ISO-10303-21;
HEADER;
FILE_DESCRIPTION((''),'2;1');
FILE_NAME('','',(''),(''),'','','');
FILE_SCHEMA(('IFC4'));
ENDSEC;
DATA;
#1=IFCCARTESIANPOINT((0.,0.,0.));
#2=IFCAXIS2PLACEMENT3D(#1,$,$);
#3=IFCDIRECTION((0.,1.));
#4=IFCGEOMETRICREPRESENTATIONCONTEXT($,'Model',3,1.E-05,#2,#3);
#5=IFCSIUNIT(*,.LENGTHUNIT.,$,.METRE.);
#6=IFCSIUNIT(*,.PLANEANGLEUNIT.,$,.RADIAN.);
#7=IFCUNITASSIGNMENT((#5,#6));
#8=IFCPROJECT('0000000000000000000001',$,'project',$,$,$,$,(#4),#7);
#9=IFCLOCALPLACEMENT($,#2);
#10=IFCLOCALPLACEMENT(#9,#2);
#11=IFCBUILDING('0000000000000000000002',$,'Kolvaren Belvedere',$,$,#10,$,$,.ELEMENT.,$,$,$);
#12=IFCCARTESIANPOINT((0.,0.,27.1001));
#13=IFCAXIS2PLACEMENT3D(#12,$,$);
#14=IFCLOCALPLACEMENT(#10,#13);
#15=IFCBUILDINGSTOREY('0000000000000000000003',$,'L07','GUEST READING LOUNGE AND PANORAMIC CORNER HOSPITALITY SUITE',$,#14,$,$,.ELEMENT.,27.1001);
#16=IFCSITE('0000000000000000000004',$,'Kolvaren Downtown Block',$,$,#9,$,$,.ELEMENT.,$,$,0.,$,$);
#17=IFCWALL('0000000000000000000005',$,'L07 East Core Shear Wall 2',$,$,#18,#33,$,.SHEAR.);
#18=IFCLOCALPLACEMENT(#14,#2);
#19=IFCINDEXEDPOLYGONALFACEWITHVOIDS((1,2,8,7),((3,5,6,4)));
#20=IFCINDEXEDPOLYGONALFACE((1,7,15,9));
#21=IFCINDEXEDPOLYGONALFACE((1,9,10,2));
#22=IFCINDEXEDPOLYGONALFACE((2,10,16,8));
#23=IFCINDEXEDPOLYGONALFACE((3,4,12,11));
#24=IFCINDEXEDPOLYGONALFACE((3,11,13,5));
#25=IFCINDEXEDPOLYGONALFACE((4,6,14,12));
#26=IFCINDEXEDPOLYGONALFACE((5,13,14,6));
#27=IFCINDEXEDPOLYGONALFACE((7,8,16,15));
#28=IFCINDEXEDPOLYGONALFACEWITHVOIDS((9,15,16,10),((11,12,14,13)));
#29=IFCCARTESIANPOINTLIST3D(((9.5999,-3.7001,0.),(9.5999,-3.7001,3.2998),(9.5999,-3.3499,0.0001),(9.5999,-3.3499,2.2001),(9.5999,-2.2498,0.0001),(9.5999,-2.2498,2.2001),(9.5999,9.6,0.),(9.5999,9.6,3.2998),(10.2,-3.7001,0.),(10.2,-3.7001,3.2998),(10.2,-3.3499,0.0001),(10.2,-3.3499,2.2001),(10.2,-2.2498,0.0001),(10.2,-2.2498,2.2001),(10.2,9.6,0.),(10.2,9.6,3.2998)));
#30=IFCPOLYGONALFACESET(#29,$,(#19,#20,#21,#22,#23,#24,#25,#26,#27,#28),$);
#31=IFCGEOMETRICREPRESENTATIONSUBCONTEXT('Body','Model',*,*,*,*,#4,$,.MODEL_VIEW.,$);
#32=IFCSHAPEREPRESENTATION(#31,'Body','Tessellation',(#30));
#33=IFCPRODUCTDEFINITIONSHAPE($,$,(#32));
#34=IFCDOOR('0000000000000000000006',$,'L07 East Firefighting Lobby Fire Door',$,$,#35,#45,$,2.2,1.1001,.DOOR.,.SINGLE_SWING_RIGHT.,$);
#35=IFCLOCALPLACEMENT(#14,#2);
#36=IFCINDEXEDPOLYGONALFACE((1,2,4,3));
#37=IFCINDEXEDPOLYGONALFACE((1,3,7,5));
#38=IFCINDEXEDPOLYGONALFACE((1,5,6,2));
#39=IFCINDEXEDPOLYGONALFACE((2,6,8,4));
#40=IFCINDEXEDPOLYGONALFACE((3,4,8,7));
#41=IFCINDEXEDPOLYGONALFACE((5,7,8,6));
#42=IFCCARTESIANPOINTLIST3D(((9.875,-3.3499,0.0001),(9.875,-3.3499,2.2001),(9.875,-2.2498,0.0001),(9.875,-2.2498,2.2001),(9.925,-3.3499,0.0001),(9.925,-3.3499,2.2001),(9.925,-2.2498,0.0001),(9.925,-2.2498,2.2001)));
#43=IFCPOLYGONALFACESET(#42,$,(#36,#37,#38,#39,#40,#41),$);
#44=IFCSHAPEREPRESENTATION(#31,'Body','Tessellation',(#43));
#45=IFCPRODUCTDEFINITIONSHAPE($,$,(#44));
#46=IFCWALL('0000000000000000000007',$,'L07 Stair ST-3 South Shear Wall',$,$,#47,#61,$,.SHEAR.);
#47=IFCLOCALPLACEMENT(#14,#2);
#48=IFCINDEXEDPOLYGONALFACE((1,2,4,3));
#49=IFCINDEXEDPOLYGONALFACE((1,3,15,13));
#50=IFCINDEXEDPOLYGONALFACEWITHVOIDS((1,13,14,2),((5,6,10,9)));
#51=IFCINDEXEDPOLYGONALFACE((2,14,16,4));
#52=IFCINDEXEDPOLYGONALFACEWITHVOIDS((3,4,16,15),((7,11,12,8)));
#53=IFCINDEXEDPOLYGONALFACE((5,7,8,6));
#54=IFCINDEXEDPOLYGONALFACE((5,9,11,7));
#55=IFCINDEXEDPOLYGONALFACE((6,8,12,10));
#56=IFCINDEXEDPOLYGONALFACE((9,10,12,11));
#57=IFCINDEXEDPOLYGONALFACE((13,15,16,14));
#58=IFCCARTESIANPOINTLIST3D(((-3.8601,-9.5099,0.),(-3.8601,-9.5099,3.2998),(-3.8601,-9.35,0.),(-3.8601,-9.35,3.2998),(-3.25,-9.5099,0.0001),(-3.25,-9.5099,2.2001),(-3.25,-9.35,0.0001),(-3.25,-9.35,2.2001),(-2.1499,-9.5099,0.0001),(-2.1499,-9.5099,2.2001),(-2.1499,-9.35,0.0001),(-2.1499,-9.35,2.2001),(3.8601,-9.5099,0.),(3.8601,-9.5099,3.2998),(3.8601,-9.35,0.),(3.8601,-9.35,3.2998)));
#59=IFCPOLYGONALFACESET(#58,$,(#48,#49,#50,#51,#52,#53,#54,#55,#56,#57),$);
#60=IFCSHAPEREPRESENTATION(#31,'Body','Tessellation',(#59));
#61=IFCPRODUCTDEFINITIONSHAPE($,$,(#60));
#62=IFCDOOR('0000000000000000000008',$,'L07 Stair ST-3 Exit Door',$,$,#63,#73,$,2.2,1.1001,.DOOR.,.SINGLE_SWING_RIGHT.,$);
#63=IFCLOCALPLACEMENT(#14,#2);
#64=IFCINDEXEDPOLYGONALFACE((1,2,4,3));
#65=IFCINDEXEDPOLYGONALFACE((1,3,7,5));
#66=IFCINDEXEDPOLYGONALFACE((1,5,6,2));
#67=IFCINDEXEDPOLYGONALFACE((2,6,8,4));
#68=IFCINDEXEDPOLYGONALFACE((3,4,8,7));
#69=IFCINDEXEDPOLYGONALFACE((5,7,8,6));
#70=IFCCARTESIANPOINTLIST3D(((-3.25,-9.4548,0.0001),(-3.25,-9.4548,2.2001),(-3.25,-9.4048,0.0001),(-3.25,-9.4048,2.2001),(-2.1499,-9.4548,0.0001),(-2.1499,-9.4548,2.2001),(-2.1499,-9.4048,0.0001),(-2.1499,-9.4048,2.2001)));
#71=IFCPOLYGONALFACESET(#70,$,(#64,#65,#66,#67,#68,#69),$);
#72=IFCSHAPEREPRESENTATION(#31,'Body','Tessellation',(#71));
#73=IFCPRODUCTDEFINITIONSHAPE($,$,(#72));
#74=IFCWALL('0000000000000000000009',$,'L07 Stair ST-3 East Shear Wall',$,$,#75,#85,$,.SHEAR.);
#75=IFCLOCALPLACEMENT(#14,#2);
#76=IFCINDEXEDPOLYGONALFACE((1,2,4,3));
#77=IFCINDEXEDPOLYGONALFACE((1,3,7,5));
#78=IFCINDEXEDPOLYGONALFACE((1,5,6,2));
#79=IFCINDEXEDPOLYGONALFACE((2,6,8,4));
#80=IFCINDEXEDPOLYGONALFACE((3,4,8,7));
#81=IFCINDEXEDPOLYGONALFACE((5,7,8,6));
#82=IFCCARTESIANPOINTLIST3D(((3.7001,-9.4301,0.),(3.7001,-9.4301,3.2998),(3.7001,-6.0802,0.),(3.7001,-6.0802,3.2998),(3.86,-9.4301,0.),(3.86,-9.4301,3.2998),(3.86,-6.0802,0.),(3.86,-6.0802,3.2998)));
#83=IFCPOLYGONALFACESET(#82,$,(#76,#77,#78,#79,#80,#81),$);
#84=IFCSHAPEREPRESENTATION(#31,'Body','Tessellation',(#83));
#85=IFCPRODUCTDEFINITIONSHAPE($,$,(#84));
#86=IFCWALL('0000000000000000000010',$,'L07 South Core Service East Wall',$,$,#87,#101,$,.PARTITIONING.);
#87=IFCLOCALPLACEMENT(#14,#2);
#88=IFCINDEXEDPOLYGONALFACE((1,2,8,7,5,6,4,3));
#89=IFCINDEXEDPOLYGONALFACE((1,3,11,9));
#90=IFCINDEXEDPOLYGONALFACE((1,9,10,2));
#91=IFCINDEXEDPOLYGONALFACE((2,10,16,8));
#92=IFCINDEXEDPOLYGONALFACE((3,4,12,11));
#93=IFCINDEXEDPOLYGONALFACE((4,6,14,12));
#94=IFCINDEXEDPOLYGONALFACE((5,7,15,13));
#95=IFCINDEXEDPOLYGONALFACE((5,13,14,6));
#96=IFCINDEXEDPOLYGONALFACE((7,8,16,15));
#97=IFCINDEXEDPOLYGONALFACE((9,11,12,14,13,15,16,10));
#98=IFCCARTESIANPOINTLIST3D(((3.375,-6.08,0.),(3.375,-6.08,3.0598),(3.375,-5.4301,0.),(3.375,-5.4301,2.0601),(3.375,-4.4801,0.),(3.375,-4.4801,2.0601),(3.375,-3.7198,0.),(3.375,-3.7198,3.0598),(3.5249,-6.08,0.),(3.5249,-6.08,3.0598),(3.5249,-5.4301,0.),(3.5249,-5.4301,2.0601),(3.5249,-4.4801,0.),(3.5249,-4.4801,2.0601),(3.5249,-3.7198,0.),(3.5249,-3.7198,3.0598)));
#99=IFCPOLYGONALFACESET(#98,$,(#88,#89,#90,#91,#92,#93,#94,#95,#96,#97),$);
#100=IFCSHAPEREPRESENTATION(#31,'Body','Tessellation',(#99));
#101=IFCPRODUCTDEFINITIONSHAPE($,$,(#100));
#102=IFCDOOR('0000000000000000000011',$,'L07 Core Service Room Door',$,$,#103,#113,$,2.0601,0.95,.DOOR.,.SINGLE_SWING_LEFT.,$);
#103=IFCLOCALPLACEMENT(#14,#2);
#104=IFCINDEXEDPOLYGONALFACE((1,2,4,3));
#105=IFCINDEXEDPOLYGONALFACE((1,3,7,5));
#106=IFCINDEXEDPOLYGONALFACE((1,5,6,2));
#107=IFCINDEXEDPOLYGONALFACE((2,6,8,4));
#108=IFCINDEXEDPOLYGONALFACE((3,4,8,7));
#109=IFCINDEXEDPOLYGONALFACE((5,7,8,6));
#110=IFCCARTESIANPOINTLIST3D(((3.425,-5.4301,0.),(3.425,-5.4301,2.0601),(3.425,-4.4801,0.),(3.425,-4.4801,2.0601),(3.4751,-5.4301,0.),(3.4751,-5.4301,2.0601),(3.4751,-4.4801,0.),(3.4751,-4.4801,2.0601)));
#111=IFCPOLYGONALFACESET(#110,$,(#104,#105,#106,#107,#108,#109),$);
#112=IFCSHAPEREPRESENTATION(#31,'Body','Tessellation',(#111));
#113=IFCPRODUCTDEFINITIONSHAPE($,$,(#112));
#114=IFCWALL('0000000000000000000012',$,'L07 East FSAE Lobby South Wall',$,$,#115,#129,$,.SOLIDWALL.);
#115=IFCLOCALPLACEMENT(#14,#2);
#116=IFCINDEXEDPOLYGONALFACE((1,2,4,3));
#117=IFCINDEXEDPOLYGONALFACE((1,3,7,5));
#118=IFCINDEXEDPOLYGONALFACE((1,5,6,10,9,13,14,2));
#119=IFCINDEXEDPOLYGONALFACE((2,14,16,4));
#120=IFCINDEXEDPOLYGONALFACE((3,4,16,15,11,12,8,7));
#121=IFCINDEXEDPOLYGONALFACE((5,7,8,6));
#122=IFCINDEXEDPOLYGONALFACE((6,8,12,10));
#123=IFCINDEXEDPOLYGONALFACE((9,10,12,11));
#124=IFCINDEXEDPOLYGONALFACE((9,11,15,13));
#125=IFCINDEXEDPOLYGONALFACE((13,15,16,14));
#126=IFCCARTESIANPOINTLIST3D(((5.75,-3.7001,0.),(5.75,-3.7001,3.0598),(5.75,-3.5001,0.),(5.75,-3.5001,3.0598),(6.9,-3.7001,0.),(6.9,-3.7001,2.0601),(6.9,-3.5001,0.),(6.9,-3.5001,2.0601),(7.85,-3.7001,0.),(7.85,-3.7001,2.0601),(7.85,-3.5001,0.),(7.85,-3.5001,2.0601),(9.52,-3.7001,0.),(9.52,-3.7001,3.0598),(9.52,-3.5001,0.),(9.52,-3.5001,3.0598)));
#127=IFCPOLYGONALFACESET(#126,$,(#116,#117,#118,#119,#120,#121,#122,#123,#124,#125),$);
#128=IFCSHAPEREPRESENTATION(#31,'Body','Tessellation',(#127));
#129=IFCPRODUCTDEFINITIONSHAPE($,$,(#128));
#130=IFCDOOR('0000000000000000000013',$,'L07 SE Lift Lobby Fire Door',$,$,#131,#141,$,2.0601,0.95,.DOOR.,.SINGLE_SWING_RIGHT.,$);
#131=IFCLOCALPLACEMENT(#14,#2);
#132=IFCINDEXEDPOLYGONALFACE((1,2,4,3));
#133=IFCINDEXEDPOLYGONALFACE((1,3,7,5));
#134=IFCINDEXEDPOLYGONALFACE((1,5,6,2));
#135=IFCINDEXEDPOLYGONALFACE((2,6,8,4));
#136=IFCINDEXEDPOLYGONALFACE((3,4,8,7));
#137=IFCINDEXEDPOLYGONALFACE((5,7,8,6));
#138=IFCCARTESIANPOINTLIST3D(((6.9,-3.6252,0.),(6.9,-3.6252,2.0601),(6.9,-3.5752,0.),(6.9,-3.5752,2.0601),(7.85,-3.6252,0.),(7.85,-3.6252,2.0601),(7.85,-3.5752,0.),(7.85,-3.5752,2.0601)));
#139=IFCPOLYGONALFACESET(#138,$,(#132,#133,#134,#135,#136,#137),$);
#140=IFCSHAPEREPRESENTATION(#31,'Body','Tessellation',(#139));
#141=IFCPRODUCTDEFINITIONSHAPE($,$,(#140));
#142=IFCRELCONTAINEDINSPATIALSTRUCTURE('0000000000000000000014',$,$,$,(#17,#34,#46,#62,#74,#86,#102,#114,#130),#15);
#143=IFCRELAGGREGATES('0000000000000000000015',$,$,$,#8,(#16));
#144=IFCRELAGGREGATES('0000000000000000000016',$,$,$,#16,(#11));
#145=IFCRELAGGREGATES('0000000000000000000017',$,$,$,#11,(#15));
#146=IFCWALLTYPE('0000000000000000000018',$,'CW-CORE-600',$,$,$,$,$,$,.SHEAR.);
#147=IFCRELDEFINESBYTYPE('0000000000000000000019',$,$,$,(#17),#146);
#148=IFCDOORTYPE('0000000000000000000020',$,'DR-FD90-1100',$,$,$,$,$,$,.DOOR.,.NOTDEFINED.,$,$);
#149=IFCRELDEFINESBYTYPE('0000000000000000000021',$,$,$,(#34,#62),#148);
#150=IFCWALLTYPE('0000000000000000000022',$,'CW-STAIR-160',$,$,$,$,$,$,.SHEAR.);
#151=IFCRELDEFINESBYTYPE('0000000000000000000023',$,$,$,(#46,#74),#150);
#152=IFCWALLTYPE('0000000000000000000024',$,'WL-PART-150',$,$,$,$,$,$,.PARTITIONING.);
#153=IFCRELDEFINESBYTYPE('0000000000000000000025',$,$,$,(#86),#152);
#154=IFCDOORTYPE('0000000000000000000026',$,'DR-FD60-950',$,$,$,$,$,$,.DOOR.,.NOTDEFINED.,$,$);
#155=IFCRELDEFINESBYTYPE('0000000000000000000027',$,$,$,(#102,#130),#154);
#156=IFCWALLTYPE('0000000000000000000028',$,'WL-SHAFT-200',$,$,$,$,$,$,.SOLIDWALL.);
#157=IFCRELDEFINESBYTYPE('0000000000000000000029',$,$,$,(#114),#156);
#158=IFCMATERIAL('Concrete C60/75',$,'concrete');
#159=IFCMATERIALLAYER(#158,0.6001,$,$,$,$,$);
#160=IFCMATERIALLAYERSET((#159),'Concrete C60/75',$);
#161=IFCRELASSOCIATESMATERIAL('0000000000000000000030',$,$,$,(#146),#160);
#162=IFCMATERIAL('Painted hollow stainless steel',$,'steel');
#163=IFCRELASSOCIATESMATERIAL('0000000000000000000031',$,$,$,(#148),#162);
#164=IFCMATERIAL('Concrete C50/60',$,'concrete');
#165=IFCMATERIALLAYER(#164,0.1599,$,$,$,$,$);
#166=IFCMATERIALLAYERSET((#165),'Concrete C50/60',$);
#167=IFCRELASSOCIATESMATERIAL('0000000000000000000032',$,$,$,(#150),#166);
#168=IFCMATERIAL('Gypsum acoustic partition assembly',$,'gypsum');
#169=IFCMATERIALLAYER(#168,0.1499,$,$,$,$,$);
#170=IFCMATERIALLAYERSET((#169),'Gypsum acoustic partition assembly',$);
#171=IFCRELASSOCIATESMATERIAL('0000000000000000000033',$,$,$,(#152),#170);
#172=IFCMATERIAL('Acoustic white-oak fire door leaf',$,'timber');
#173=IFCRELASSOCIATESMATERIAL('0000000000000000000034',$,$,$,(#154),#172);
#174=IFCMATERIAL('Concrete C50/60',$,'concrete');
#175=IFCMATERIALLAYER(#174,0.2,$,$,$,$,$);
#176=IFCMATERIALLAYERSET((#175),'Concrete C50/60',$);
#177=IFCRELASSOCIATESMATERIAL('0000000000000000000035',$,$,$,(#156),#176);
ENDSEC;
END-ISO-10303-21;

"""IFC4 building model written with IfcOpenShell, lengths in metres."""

from ifc_helpers import new_model, si_unit, direction, frame, frame_2d, origin, place, context, subcontext, project, spatial, rectangle, extrude, material, layer, layer_set, type_object, element, fill, save


model = new_model("IFC4")

# Units and contexts
model_context = context("Model", 3, precision=1e-05, world=origin(), true_north=direction((0.0, 1.0)))
body_context = subcontext(model_context, "Body", "Model", "MODEL_VIEW")
ifc_project = project(units=[si_unit("LENGTHUNIT", "METRE"), si_unit("PLANEANGLEUNIT", "RADIAN")], contexts=[model_context])

# Site, building, storey
site_placement = place(None, origin())
site = spatial("IfcSite", under=ifc_project, at=site_placement, Name="Kolvaren Downtown Block", CompositionType="ELEMENT", RefElevation=0.0)
building_placement = place(site_placement, origin())
building = spatial("IfcBuilding", under=site, at=building_placement, Name="Kolvaren Belvedere", CompositionType="ELEMENT")
storey_placement = place(building_placement, frame((0.0, 0.0, 27.1001)))
storey = spatial("IfcBuildingStorey", under=building, at=storey_placement, Name="L07", Description="GUEST READING LOUNGE AND PANORAMIC CORNER HOSPITALITY SUITE", CompositionType="ELEMENT", Elevation=27.1001)

# Shared definitions
ifc_material_1 = material(Name="Concrete C60/75", Category="concrete")
ifc_layer_1 = layer(ifc_material_1, 0.6001)
ifc_layer_set_1 = layer_set([ifc_layer_1], Name="Concrete C60/75")
wall_type_1 = type_object("IfcWallType", Name="CW-CORE-600", PredefinedType="SHEAR", material=ifc_layer_set_1)

# Walls, openings, doors
wall_1_placement = place(storey_placement, frame((9.8999, -3.7, 0.0), z_axis=(0.0, 0.0, 1.0), x_axis=(0.0, 1.0, 0.0)))
wall_1 = element("IfcWall", 1, at=wall_1_placement, inside=storey, type_object=wall_type_1, Name="L07 East Core Shear Wall 2", PredefinedType="SHEAR", context=body_context, shape_type="SweptSolid", body=[
    extrude(rectangle(XDim=13.3, YDim=0.6001, at=frame_2d((6.6499, 0.0))), origin(), (0.0, 0.0, 1.0), 3.2998),
])
opening_1_placement = place(wall_1_placement, frame((0.3501, 0.0, 0.0)))
opening_1 = element("IfcOpeningElement", 2, at=opening_1_placement, cuts=wall_1, PredefinedType="OPENING", context=body_context, shape_type="SweptSolid", body=[
    extrude(rectangle(XDim=1.1001, YDim=2.2, at=frame_2d((0.55, 1.1001))), frame((0.0, 0.3101, 0.0), z_axis=(0.0, -1.0, 0.0), x_axis=(1.0, 0.0, 0.0)), (0.0, 0.0, 1.0), 0.6201),
])
ifc_material_2 = material(Name="Painted hollow stainless steel", Category="steel")
door_type_1 = type_object("IfcDoorType", Name="DR-FD90-1100", OperationType="NOTDEFINED", PredefinedType="DOOR", material=ifc_material_2)
door_1_placement = place(opening_1_placement, origin())
door_1 = element("IfcDoor", 3, at=door_1_placement, inside=storey, type_object=door_type_1, Name="L07 East Firefighting Lobby Fire Door", OperationType="SINGLE_SWING_RIGHT", OverallHeight=2.2, OverallWidth=1.1001, PredefinedType="DOOR", context=body_context, shape_type="SweptSolid", body=[
    extrude(rectangle(XDim=1.1001, YDim=2.2, at=frame_2d((0.55, 1.1001))), frame((0.0, 0.0249, 0.0), z_axis=(0.0, -1.0, 0.0), x_axis=(1.0, 0.0, 0.0)), (0.0, 0.0, 1.0), 0.05),
])
fill(opening_1, door_1)
ifc_material_3 = material(Name="Concrete C50/60", Category="concrete")
ifc_layer_2 = layer(ifc_material_3, 0.1599)
ifc_layer_set_2 = layer_set([ifc_layer_2], Name="Concrete C50/60")
wall_type_2 = type_object("IfcWallType", Name="CW-STAIR-160", PredefinedType="SHEAR", material=ifc_layer_set_2)
wall_2_placement = place(storey_placement, frame((3.8601, -9.4299, 0.0), z_axis=(0.0, 0.0, 1.0), x_axis=(-1.0, 0.0, 0.0)))
wall_2 = element("IfcWall", 4, at=wall_2_placement, inside=storey, type_object=wall_type_2, Name="L07 Stair ST-3 South Shear Wall", PredefinedType="SHEAR", context=body_context, shape_type="SweptSolid", body=[
    extrude(rectangle(XDim=7.7202, YDim=0.1599, at=frame_2d((3.8601, 0.0))), origin(), (0.0, 0.0, 1.0), 3.2998),
])
opening_2_placement = place(wall_2_placement, frame((6.01, 0.0, 0.0)))
opening_2 = element("IfcOpeningElement", 5, at=opening_2_placement, cuts=wall_2, PredefinedType="OPENING", context=body_context, shape_type="SweptSolid", body=[
    extrude(rectangle(XDim=1.1001, YDim=2.2, at=frame_2d((0.55, 1.1001))), frame((0.0, 0.0898, 0.0), z_axis=(0.0, -1.0, 0.0), x_axis=(1.0, 0.0, 0.0)), (0.0, 0.0, 1.0), 0.1799),
])
door_2_placement = place(opening_2_placement, origin())
door_2 = element("IfcDoor", 6, at=door_2_placement, inside=storey, type_object=door_type_1, Name="L07 Stair ST-3 Exit Door", OperationType="SINGLE_SWING_RIGHT", OverallHeight=2.2, OverallWidth=1.1001, PredefinedType="DOOR", context=body_context, shape_type="SweptSolid", body=[
    extrude(rectangle(XDim=1.1001, YDim=2.2, at=frame_2d((0.55, 1.1001))), frame((0.0, 0.0249, 0.0), z_axis=(0.0, -1.0, 0.0), x_axis=(1.0, 0.0, 0.0)), (0.0, 0.0, 1.0), 0.05),
])
fill(opening_2, door_2)

# Wall
wall_3_placement = place(storey_placement, frame((3.78, -9.4299, 0.0), z_axis=(0.0, 0.0, 1.0), x_axis=(0.0, 1.0, 0.0)))
element("IfcWall", 7, at=wall_3_placement, inside=storey, type_object=wall_type_2, Name="L07 Stair ST-3 East Shear Wall", PredefinedType="SHEAR", context=body_context, shape_type="SweptSolid", body=[
    extrude(rectangle(XDim=3.3499, YDim=0.1599, at=frame_2d((1.6748, 0.0))), origin(), (0.0, 0.0, 1.0), 3.2998),
])

# Walls, openings, doors
ifc_material_4 = material(Name="Gypsum acoustic partition assembly", Category="gypsum")
ifc_layer_3 = layer(ifc_material_4, 0.1499)
ifc_layer_set_3 = layer_set([ifc_layer_3], Name="Gypsum acoustic partition assembly")
wall_type_3 = type_object("IfcWallType", Name="WL-PART-150", PredefinedType="PARTITIONING", material=ifc_layer_set_3)
wall_4_placement = place(storey_placement, frame((3.45, -6.0801, 0.0), z_axis=(0.0, 0.0, 1.0), x_axis=(0.0, 1.0, 0.0)))
wall_4 = element("IfcWall", 8, at=wall_4_placement, inside=storey, type_object=wall_type_3, Name="L07 South Core Service East Wall", PredefinedType="PARTITIONING", context=body_context, shape_type="SweptSolid", body=[
    extrude(rectangle(XDim=2.3601, YDim=0.1499, at=frame_2d((1.1802, 0.0))), origin(), (0.0, 0.0, 1.0), 3.0598),
])
opening_3_placement = place(wall_4_placement, frame((0.6499, 0.0, 0.0)))
opening_3 = element("IfcOpeningElement", 9, at=opening_3_placement, cuts=wall_4, PredefinedType="OPENING", context=body_context, shape_type="SweptSolid", body=[
    extrude(rectangle(XDim=0.95, YDim=2.0601, at=frame_2d((0.4751, 1.03))), frame((0.0, 0.085, 0.0), z_axis=(0.0, -1.0, 0.0), x_axis=(1.0, 0.0, 0.0)), (0.0, 0.0, 1.0), 0.1699),
])
ifc_material_5 = material(Name="Acoustic white-oak fire door leaf", Category="timber")
door_type_2 = type_object("IfcDoorType", Name="DR-FD60-950", OperationType="NOTDEFINED", PredefinedType="DOOR", material=ifc_material_5)
door_3_placement = place(opening_3_placement, origin())
door_3 = element("IfcDoor", 10, at=door_3_placement, inside=storey, type_object=door_type_2, Name="L07 Core Service Room Door", OperationType="SINGLE_SWING_LEFT", OverallHeight=2.0601, OverallWidth=0.95, PredefinedType="DOOR", context=body_context, shape_type="SweptSolid", body=[
    extrude(rectangle(XDim=0.95, YDim=2.0601, at=frame_2d((0.4751, 1.03))), frame((0.0, 0.0249, 0.0), z_axis=(0.0, -1.0, 0.0), x_axis=(1.0, 0.0, 0.0)), (0.0, 0.0, 1.0), 0.05),
])
fill(opening_3, door_3)
ifc_material_6 = material(Name="Concrete C50/60", Category="concrete")
ifc_layer_4 = layer(ifc_material_6, 0.2)
ifc_layer_set_4 = layer_set([ifc_layer_4], Name="Concrete C50/60")
wall_type_4 = type_object("IfcWallType", Name="WL-SHAFT-200", PredefinedType="SOLIDWALL", material=ifc_layer_set_4)
wall_5_placement = place(storey_placement, frame((5.75, -3.6001, 0.0), z_axis=(0.0, 0.0, 1.0), x_axis=(1.0, 0.0, 0.0)))
wall_5 = element("IfcWall", 11, at=wall_5_placement, inside=storey, type_object=wall_type_4, Name="L07 East FSAE Lobby South Wall", PredefinedType="SOLIDWALL", context=body_context, shape_type="SweptSolid", body=[
    extrude(rectangle(XDim=3.77, YDim=0.2, at=frame_2d((1.885, 0.0))), origin(), (0.0, 0.0, 1.0), 3.0598),
])
opening_4_placement = place(wall_5_placement, frame((1.1499, 0.0, 0.0)))
opening_4 = element("IfcOpeningElement", 12, at=opening_4_placement, cuts=wall_5, PredefinedType="OPENING", context=body_context, shape_type="SweptSolid", body=[
    extrude(rectangle(XDim=0.95, YDim=2.0601, at=frame_2d((0.4751, 1.03))), frame((0.0, 0.1099, 0.0), z_axis=(0.0, -1.0, 0.0), x_axis=(1.0, 0.0, 0.0)), (0.0, 0.0, 1.0), 0.22),
])
door_4_placement = place(opening_4_placement, origin())
door_4 = element("IfcDoor", 13, at=door_4_placement, inside=storey, type_object=door_type_2, Name="L07 SE Lift Lobby Fire Door", OperationType="SINGLE_SWING_RIGHT", OverallHeight=2.0601, OverallWidth=0.95, PredefinedType="DOOR", context=body_context, shape_type="SweptSolid", body=[
    extrude(rectangle(XDim=0.95, YDim=2.0601, at=frame_2d((0.4751, 1.03))), frame((0.0, 0.0249, 0.0), z_axis=(0.0, -1.0, 0.0), x_axis=(1.0, 0.0, 0.0)), (0.0, 0.0, 1.0), 0.05),
])
fill(opening_4, door_4)

save(model, "model.ifc")
